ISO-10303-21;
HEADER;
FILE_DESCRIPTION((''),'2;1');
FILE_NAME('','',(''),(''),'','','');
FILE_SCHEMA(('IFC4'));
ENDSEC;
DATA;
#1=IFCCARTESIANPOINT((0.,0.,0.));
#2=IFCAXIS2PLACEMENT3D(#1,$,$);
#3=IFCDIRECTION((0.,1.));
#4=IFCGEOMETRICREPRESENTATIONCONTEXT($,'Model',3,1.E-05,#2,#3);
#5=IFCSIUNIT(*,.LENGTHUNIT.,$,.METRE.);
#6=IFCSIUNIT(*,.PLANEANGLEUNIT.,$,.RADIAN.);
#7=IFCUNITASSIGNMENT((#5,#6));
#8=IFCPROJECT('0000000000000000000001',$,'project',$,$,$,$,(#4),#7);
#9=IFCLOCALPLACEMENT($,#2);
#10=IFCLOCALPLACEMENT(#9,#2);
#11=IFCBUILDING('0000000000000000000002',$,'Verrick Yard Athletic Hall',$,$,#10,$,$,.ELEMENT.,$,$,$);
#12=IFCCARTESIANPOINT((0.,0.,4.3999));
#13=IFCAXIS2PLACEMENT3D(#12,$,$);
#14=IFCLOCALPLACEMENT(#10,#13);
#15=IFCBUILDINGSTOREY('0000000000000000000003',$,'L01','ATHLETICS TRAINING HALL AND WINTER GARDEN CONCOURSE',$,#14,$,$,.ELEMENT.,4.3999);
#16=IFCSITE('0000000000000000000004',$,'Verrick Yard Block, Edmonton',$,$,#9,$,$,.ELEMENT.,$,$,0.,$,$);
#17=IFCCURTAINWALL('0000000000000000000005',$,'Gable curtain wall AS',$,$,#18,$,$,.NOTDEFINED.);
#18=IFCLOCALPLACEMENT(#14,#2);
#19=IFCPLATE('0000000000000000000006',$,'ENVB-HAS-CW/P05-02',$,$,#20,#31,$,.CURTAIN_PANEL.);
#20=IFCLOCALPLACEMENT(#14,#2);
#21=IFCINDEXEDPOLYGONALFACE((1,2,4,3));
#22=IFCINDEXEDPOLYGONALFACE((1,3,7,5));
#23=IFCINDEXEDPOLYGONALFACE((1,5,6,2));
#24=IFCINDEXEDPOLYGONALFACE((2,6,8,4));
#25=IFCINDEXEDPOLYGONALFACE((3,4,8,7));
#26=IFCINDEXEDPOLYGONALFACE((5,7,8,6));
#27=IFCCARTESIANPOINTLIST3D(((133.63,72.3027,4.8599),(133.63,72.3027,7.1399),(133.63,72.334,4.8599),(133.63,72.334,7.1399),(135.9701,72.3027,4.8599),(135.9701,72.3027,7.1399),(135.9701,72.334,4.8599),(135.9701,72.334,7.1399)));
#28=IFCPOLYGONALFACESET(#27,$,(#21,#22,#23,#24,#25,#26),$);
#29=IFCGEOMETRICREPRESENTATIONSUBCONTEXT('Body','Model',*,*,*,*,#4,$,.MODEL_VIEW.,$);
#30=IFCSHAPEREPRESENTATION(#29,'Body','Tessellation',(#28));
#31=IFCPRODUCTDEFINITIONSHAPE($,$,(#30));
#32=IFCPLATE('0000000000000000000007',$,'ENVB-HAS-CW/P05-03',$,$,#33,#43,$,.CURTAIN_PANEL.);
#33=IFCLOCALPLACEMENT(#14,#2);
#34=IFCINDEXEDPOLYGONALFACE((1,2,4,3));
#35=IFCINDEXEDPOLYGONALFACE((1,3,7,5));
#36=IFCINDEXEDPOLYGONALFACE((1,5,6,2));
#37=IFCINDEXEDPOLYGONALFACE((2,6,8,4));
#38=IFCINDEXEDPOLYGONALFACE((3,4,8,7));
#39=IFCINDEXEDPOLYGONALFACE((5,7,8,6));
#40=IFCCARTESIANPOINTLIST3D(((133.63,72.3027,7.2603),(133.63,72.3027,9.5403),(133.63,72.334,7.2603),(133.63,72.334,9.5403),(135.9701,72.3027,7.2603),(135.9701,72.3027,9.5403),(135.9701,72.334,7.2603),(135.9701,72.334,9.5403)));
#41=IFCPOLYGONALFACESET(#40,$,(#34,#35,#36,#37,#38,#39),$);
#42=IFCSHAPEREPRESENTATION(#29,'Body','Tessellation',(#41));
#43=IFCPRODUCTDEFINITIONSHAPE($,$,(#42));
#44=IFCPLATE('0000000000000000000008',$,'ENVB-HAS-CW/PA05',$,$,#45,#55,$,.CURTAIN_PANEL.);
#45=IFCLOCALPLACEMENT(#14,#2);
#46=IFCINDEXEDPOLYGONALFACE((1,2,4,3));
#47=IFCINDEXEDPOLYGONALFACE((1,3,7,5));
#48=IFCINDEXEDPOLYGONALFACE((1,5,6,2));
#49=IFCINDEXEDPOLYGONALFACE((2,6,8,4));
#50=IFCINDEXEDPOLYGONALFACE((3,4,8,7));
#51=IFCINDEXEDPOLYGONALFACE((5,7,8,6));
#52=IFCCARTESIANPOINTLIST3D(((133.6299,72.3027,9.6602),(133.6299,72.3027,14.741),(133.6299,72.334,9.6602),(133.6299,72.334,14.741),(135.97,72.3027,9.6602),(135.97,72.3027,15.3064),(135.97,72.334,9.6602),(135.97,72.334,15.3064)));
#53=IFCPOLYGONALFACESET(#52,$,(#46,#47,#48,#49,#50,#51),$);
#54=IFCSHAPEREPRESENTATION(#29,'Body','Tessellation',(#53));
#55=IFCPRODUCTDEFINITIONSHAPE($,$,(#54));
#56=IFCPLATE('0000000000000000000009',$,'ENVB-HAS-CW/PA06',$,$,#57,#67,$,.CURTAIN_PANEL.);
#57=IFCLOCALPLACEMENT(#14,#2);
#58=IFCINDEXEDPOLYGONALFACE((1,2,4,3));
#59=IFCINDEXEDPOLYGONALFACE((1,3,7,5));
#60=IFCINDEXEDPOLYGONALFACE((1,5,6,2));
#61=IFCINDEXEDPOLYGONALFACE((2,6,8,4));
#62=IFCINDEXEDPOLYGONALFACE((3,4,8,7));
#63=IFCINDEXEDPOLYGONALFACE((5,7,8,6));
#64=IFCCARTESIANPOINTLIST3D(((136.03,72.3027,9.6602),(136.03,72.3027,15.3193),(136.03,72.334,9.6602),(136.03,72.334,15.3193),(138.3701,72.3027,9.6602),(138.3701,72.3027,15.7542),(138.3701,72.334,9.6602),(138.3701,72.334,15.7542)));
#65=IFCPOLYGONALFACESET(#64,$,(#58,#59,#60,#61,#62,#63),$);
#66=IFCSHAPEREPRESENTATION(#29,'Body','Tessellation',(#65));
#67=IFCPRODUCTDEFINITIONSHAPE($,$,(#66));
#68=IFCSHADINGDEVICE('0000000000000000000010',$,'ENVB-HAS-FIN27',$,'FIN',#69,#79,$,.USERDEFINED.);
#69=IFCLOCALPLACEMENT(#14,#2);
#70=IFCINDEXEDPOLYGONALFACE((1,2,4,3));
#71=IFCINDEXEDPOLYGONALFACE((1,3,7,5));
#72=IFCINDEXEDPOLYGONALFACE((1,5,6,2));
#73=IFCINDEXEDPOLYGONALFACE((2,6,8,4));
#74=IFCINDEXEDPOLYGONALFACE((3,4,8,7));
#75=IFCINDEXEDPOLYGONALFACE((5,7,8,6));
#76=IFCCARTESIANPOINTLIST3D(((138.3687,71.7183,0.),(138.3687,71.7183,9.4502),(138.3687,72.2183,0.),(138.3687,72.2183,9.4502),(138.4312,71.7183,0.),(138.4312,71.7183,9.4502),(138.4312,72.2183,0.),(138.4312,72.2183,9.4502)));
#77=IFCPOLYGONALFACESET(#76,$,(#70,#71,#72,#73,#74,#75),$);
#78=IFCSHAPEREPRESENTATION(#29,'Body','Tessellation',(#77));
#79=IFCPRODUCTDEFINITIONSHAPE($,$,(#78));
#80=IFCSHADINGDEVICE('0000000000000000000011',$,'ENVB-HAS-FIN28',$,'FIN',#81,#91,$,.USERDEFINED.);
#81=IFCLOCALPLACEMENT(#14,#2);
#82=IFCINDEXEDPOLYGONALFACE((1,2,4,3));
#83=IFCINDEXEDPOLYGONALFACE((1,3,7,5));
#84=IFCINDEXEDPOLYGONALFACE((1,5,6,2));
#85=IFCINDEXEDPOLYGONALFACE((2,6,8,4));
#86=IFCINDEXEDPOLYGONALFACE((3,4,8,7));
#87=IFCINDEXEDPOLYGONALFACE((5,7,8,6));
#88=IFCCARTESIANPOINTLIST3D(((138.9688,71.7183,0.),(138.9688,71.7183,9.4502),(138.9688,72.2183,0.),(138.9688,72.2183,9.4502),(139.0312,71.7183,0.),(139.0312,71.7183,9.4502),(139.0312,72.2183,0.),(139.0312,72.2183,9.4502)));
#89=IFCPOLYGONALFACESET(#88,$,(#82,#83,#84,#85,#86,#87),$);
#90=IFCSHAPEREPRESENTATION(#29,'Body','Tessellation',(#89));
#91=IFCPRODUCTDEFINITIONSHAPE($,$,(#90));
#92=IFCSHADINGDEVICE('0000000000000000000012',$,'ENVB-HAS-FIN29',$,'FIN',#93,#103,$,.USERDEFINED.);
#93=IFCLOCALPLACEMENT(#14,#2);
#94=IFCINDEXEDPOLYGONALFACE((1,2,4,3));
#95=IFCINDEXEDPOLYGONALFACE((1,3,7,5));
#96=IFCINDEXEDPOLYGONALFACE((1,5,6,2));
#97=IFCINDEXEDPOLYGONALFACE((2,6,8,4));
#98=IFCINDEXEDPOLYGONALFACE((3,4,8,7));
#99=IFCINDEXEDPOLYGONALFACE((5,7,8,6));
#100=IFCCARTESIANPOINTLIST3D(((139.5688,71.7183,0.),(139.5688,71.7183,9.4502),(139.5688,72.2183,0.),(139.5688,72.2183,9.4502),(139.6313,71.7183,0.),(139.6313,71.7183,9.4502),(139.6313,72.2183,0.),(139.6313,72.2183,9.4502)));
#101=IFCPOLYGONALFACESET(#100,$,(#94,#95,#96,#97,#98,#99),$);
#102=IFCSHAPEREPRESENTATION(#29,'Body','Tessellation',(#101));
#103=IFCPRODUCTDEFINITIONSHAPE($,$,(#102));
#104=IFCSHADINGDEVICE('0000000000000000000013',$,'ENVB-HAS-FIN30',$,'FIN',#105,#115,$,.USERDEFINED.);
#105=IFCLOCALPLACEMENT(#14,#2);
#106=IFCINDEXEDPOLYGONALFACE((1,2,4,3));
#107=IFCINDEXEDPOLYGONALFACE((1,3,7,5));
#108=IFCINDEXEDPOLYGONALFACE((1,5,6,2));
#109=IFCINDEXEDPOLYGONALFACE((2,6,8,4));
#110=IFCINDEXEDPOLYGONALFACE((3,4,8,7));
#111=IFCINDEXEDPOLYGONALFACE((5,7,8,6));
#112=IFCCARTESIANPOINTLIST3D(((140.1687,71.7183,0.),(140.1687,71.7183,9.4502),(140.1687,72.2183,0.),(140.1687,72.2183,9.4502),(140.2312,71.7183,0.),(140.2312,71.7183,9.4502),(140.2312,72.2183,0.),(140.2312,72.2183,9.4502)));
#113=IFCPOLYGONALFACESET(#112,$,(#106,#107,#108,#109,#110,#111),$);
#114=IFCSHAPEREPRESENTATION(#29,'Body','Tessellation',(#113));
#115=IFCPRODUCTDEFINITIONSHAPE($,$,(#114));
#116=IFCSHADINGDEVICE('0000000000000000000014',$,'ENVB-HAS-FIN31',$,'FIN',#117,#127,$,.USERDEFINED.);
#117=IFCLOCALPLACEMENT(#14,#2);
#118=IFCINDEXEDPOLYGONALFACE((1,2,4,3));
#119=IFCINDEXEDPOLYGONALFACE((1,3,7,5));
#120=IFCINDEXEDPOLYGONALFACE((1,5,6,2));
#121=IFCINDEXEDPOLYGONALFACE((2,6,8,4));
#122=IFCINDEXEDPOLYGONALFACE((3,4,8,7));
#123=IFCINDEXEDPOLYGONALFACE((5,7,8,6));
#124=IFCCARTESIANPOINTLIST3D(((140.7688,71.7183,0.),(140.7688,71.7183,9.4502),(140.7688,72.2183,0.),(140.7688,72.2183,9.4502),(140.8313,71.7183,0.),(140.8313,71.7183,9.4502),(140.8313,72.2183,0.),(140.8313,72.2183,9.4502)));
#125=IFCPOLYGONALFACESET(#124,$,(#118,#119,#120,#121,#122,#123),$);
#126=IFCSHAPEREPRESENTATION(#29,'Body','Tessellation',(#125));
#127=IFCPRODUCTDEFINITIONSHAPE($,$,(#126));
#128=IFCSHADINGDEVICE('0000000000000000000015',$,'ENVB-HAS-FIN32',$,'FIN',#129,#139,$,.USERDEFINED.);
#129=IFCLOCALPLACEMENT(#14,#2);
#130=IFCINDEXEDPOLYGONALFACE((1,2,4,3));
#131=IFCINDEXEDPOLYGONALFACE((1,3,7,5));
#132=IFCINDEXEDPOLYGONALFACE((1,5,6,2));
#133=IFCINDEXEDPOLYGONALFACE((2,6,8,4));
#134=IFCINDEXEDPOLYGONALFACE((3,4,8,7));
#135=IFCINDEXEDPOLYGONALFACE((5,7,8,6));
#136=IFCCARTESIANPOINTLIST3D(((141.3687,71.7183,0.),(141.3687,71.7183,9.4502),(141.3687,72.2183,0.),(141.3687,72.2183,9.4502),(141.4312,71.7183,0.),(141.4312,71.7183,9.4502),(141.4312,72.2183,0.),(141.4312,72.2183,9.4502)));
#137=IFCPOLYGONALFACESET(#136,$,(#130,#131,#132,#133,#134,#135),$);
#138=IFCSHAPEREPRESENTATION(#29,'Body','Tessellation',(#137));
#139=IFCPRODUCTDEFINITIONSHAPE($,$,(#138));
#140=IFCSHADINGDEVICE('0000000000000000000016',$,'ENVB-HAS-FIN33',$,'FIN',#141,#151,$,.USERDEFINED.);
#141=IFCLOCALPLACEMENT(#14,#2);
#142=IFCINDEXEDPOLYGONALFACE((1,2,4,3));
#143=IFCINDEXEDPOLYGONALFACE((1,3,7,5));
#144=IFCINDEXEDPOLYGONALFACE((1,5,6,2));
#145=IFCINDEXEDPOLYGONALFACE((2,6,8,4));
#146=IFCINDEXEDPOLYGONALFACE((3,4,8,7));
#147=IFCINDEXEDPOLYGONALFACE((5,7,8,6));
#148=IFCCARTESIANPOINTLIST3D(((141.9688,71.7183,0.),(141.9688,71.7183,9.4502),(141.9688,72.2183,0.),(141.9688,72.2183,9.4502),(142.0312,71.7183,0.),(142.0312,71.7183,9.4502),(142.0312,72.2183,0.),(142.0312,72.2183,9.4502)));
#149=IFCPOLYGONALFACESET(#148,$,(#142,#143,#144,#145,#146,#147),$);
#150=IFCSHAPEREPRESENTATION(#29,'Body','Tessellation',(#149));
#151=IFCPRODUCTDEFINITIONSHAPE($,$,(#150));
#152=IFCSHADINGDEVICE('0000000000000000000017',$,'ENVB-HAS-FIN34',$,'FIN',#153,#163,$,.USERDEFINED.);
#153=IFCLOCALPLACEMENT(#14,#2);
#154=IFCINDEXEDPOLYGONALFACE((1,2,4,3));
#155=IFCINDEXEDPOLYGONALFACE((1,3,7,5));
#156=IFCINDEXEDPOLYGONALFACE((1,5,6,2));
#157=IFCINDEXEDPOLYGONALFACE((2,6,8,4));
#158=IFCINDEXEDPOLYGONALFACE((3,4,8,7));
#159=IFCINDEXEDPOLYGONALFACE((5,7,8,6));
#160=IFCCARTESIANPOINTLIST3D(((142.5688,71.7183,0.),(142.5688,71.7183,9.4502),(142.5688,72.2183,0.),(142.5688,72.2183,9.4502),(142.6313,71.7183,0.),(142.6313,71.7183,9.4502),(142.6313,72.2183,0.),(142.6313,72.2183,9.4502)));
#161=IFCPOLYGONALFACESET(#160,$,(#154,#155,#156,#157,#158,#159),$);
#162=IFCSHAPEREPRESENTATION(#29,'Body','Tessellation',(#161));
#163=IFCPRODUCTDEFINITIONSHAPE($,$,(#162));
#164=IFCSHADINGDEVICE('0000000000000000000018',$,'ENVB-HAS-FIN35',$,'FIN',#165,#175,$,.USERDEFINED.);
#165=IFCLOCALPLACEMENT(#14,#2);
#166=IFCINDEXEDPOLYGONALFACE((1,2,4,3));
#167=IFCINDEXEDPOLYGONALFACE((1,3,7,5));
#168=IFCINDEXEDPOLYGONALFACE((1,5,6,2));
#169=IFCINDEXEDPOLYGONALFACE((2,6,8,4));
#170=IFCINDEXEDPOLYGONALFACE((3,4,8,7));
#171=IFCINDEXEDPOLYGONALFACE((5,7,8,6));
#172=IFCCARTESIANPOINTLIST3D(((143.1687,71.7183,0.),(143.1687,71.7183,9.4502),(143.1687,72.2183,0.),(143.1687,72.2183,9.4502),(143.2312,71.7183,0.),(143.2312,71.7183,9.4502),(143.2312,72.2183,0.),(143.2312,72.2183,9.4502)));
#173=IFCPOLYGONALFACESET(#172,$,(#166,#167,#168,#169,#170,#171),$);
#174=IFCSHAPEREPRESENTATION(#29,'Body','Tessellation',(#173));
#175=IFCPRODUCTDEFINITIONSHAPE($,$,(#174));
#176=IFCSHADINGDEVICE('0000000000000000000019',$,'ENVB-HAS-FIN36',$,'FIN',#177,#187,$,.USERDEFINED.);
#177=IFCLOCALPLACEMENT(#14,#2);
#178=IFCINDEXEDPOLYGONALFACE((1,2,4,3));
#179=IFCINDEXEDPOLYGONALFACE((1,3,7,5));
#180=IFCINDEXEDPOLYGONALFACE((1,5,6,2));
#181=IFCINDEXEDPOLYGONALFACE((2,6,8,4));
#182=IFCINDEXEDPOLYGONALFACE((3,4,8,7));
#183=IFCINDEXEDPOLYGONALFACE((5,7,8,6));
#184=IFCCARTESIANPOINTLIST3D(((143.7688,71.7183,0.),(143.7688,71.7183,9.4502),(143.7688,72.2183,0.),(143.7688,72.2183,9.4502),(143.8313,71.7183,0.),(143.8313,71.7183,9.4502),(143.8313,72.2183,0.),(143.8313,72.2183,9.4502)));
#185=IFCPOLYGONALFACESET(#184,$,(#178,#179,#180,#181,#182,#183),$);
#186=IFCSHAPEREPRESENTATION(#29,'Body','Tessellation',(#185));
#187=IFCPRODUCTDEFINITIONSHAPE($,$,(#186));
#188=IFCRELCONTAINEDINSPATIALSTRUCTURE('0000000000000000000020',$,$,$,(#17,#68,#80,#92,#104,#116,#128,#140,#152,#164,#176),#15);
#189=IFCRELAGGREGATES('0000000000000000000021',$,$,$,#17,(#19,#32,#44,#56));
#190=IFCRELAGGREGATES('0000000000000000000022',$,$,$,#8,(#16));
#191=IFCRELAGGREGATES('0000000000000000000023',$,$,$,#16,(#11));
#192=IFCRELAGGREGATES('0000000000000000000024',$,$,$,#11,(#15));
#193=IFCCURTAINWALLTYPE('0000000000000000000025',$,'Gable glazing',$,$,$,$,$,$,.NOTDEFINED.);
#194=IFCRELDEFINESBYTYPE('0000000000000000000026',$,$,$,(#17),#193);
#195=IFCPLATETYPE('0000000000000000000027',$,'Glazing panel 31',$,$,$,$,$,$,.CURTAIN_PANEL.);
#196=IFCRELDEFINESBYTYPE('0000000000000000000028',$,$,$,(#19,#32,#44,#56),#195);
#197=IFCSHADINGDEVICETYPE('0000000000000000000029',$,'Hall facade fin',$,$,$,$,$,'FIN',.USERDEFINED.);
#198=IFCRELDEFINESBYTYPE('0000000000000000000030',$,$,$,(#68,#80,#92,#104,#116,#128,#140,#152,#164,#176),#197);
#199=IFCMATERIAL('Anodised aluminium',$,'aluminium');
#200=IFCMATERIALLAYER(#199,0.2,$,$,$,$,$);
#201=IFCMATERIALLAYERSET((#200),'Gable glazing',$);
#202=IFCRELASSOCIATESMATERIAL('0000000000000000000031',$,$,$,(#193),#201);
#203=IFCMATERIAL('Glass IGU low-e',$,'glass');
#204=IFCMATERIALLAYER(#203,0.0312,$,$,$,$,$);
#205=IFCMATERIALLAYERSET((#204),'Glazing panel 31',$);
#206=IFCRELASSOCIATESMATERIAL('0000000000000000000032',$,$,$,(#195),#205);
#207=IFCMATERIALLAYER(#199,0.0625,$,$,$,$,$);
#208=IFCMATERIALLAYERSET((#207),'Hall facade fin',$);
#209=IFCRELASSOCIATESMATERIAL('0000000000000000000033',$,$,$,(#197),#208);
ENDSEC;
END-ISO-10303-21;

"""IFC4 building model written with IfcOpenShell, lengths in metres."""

from ifc_helpers import new_model, si_unit, direction, frame, origin, origin_2d, place, context, subcontext, project, spatial, polyline, rectangle, outline, extrude, material, layer, layer_set, type_object, element, aggregate, save


model = new_model("IFC4")

# Units and contexts
model_context = context("Model", 3, precision=1e-05, world=origin(), true_north=direction((0.0, 1.0)))
body_context = subcontext(model_context, "Body", "Model", "MODEL_VIEW")
ifc_project = project(units=[si_unit("LENGTHUNIT", "METRE"), si_unit("PLANEANGLEUNIT", "RADIAN")], contexts=[model_context])

# Site, building, storey
site_placement = place(None, origin())
site = spatial("IfcSite", under=ifc_project, at=site_placement, Name="Verrick Yard Block, Edmonton", CompositionType="ELEMENT", RefElevation=0.0)
building_placement = place(site_placement, origin())
building = spatial("IfcBuilding", under=site, at=building_placement, Name="Verrick Yard Athletic Hall", CompositionType="ELEMENT")
storey_placement = place(building_placement, frame((0.0, 0.0, 4.3999)))
storey = spatial("IfcBuildingStorey", under=building, at=storey_placement, Name="L01", Description="ATHLETICS TRAINING HALL AND WINTER GARDEN CONCOURSE", CompositionType="ELEMENT", Elevation=4.3999)

# Curtain wall, plates
ifc_material_1 = material(Name="Anodised aluminium", Category="aluminium")
ifc_layer_1 = layer(ifc_material_1, 0.2)
ifc_layer_set_1 = layer_set([ifc_layer_1], Name="Gable glazing")
curtain_wall_type = type_object("IfcCurtainWallType", Name="Gable glazing", PredefinedType="NOTDEFINED", material=ifc_layer_set_1)
curtain_wall_placement = place(storey_placement, origin())
curtain_wall = element("IfcCurtainWall", 1, at=curtain_wall_placement, inside=storey, type_object=curtain_wall_type, Name="Gable curtain wall AS", PredefinedType="NOTDEFINED")
ifc_material_2 = material(Name="Glass IGU low-e", Category="glass")
ifc_layer_2 = layer(ifc_material_2, 0.0312)
ifc_layer_set_2 = layer_set([ifc_layer_2], Name="Glazing panel 31")
plate_type = type_object("IfcPlateType", Name="Glazing panel 31", PredefinedType="CURTAIN_PANEL", material=ifc_layer_set_2)
plate_1_placement = place(storey_placement, frame((134.8, 72.3184, 4.8599), z_axis=(0.0, 0.0, 1.0), x_axis=(1.0, 0.0, 0.0)))
plate_1 = element("IfcPlate", 2, at=plate_1_placement, type_object=plate_type, Name="ENVB-HAS-CW/P05-02", PredefinedType="CURTAIN_PANEL", context=body_context, shape_type="SweptSolid", body=[
    extrude(rectangle(XDim=2.3401, YDim=0.0312, at=origin_2d()), origin(), (0.0, 0.0, 1.0), 2.28),
])
plate_2_placement = place(storey_placement, frame((134.8, 72.3184, 7.2603), z_axis=(0.0, 0.0, 1.0), x_axis=(1.0, 0.0, 0.0)))
plate_2 = element("IfcPlate", 3, at=plate_2_placement, type_object=plate_type, Name="ENVB-HAS-CW/P05-03", PredefinedType="CURTAIN_PANEL", context=body_context, shape_type="SweptSolid", body=[
    extrude(rectangle(XDim=2.3401, YDim=0.0312, at=origin_2d()), origin(), (0.0, 0.0, 1.0), 2.28),
])
plate_3_placement = place(storey_placement, frame((133.6299, 72.3184, 9.6602), z_axis=(0.0, 0.0, 1.0), x_axis=(1.0, 0.0, 0.0)))
plate_3 = element("IfcPlate", 4, at=plate_3_placement, type_object=plate_type, Name="ENVB-HAS-CW/PA05", PredefinedType="CURTAIN_PANEL", context=body_context, shape_type="SweptSolid", body=[
    extrude(outline(polyline([(0.0, 5.0808), (2.3401, 5.6462), (2.3401, 0.0), (0.0, 0.0), (0.0, 5.0808)])), frame((0.0, 0.0156, 0.0), z_axis=(0.0, -1.0, 0.0), x_axis=(1.0, 0.0, 0.0)), (0.0, 0.0, 1.0), 0.0312),
])
plate_4_placement = place(storey_placement, frame((136.03, 72.3184, 9.6602), z_axis=(0.0, 0.0, 1.0), x_axis=(1.0, 0.0, 0.0)))
plate_4 = element("IfcPlate", 5, at=plate_4_placement, type_object=plate_type, Name="ENVB-HAS-CW/PA06", PredefinedType="CURTAIN_PANEL", context=body_context, shape_type="SweptSolid", body=[
    extrude(outline(polyline([(0.0, 5.6592), (2.3401, 6.094), (2.3401, 0.0), (0.0, 0.0), (0.0, 5.6592)])), frame((0.0, 0.0156, 0.0), z_axis=(0.0, -1.0, 0.0), x_axis=(1.0, 0.0, 0.0)), (0.0, 0.0, 1.0), 0.0312),
])
aggregate(curtain_wall, [plate_1, plate_2, plate_3, plate_4])

# Shading devices
ifc_layer_3 = layer(ifc_material_1, 0.0625)
ifc_layer_set_3 = layer_set([ifc_layer_3], Name="Hall facade fin")
shading_device_type = type_object("IfcShadingDeviceType", Name="Hall facade fin", ElementType="FIN", PredefinedType="USERDEFINED", material=ifc_layer_set_3)
for number, where, z_axis, x_axis, name in (
    (6, (138.3999, 71.7183, 0.0), (0.0, 0.0, 1.0), (0.0, 1.0, 0.0), "ENVB-HAS-FIN27"),
    (7, (139.0, 71.7183, 0.0), (0.0, 0.0, 1.0), (0.0, 1.0, 0.0), "ENVB-HAS-FIN28"),
    (8, (139.6001, 71.7183, 0.0), (0.0, 0.0, 1.0), (0.0, 1.0, 0.0), "ENVB-HAS-FIN29"),
    (9, (140.2, 71.7183, 0.0), (0.0, 0.0, 1.0), (0.0, 1.0, 0.0), "ENVB-HAS-FIN30"),
    (10, (140.8, 71.7183, 0.0), (0.0, 0.0, 1.0), (0.0, 1.0, 0.0), "ENVB-HAS-FIN31"),
    (11, (141.3999, 71.7183, 0.0), (0.0, 0.0, 1.0), (0.0, 1.0, 0.0), "ENVB-HAS-FIN32"),
    (12, (142.0, 71.7183, 0.0), (0.0, 0.0, 1.0), (0.0, 1.0, 0.0), "ENVB-HAS-FIN33"),
    (13, (142.6001, 71.7183, 0.0), (0.0, 0.0, 1.0), (0.0, 1.0, 0.0), "ENVB-HAS-FIN34"),
    (14, (143.2, 71.7183, 0.0), (0.0, 0.0, 1.0), (0.0, 1.0, 0.0), "ENVB-HAS-FIN35"),
    (15, (143.8, 71.7183, 0.0), (0.0, 0.0, 1.0), (0.0, 1.0, 0.0), "ENVB-HAS-FIN36"),
):
    element("IfcShadingDevice", number, at=place(storey_placement, frame(where, z_axis=z_axis, x_axis=x_axis)), inside=storey, type_object=shading_device_type, Name=name, ObjectType="FIN", PredefinedType="USERDEFINED", context=body_context, shape_type="SweptSolid", body=[
        extrude(outline(polyline([(0.0, 0.0), (0.5, 0.0), (0.5, 9.4502), (0.0, 9.4502), (0.0, 0.0)])), frame((0.0, 0.0312, 0.0), z_axis=(0.0, -1.0, 0.0), x_axis=(1.0, 0.0, 0.0)), (0.0, 0.0, 1.0), 0.0625),
    ])

save(model, "model.ifc")
